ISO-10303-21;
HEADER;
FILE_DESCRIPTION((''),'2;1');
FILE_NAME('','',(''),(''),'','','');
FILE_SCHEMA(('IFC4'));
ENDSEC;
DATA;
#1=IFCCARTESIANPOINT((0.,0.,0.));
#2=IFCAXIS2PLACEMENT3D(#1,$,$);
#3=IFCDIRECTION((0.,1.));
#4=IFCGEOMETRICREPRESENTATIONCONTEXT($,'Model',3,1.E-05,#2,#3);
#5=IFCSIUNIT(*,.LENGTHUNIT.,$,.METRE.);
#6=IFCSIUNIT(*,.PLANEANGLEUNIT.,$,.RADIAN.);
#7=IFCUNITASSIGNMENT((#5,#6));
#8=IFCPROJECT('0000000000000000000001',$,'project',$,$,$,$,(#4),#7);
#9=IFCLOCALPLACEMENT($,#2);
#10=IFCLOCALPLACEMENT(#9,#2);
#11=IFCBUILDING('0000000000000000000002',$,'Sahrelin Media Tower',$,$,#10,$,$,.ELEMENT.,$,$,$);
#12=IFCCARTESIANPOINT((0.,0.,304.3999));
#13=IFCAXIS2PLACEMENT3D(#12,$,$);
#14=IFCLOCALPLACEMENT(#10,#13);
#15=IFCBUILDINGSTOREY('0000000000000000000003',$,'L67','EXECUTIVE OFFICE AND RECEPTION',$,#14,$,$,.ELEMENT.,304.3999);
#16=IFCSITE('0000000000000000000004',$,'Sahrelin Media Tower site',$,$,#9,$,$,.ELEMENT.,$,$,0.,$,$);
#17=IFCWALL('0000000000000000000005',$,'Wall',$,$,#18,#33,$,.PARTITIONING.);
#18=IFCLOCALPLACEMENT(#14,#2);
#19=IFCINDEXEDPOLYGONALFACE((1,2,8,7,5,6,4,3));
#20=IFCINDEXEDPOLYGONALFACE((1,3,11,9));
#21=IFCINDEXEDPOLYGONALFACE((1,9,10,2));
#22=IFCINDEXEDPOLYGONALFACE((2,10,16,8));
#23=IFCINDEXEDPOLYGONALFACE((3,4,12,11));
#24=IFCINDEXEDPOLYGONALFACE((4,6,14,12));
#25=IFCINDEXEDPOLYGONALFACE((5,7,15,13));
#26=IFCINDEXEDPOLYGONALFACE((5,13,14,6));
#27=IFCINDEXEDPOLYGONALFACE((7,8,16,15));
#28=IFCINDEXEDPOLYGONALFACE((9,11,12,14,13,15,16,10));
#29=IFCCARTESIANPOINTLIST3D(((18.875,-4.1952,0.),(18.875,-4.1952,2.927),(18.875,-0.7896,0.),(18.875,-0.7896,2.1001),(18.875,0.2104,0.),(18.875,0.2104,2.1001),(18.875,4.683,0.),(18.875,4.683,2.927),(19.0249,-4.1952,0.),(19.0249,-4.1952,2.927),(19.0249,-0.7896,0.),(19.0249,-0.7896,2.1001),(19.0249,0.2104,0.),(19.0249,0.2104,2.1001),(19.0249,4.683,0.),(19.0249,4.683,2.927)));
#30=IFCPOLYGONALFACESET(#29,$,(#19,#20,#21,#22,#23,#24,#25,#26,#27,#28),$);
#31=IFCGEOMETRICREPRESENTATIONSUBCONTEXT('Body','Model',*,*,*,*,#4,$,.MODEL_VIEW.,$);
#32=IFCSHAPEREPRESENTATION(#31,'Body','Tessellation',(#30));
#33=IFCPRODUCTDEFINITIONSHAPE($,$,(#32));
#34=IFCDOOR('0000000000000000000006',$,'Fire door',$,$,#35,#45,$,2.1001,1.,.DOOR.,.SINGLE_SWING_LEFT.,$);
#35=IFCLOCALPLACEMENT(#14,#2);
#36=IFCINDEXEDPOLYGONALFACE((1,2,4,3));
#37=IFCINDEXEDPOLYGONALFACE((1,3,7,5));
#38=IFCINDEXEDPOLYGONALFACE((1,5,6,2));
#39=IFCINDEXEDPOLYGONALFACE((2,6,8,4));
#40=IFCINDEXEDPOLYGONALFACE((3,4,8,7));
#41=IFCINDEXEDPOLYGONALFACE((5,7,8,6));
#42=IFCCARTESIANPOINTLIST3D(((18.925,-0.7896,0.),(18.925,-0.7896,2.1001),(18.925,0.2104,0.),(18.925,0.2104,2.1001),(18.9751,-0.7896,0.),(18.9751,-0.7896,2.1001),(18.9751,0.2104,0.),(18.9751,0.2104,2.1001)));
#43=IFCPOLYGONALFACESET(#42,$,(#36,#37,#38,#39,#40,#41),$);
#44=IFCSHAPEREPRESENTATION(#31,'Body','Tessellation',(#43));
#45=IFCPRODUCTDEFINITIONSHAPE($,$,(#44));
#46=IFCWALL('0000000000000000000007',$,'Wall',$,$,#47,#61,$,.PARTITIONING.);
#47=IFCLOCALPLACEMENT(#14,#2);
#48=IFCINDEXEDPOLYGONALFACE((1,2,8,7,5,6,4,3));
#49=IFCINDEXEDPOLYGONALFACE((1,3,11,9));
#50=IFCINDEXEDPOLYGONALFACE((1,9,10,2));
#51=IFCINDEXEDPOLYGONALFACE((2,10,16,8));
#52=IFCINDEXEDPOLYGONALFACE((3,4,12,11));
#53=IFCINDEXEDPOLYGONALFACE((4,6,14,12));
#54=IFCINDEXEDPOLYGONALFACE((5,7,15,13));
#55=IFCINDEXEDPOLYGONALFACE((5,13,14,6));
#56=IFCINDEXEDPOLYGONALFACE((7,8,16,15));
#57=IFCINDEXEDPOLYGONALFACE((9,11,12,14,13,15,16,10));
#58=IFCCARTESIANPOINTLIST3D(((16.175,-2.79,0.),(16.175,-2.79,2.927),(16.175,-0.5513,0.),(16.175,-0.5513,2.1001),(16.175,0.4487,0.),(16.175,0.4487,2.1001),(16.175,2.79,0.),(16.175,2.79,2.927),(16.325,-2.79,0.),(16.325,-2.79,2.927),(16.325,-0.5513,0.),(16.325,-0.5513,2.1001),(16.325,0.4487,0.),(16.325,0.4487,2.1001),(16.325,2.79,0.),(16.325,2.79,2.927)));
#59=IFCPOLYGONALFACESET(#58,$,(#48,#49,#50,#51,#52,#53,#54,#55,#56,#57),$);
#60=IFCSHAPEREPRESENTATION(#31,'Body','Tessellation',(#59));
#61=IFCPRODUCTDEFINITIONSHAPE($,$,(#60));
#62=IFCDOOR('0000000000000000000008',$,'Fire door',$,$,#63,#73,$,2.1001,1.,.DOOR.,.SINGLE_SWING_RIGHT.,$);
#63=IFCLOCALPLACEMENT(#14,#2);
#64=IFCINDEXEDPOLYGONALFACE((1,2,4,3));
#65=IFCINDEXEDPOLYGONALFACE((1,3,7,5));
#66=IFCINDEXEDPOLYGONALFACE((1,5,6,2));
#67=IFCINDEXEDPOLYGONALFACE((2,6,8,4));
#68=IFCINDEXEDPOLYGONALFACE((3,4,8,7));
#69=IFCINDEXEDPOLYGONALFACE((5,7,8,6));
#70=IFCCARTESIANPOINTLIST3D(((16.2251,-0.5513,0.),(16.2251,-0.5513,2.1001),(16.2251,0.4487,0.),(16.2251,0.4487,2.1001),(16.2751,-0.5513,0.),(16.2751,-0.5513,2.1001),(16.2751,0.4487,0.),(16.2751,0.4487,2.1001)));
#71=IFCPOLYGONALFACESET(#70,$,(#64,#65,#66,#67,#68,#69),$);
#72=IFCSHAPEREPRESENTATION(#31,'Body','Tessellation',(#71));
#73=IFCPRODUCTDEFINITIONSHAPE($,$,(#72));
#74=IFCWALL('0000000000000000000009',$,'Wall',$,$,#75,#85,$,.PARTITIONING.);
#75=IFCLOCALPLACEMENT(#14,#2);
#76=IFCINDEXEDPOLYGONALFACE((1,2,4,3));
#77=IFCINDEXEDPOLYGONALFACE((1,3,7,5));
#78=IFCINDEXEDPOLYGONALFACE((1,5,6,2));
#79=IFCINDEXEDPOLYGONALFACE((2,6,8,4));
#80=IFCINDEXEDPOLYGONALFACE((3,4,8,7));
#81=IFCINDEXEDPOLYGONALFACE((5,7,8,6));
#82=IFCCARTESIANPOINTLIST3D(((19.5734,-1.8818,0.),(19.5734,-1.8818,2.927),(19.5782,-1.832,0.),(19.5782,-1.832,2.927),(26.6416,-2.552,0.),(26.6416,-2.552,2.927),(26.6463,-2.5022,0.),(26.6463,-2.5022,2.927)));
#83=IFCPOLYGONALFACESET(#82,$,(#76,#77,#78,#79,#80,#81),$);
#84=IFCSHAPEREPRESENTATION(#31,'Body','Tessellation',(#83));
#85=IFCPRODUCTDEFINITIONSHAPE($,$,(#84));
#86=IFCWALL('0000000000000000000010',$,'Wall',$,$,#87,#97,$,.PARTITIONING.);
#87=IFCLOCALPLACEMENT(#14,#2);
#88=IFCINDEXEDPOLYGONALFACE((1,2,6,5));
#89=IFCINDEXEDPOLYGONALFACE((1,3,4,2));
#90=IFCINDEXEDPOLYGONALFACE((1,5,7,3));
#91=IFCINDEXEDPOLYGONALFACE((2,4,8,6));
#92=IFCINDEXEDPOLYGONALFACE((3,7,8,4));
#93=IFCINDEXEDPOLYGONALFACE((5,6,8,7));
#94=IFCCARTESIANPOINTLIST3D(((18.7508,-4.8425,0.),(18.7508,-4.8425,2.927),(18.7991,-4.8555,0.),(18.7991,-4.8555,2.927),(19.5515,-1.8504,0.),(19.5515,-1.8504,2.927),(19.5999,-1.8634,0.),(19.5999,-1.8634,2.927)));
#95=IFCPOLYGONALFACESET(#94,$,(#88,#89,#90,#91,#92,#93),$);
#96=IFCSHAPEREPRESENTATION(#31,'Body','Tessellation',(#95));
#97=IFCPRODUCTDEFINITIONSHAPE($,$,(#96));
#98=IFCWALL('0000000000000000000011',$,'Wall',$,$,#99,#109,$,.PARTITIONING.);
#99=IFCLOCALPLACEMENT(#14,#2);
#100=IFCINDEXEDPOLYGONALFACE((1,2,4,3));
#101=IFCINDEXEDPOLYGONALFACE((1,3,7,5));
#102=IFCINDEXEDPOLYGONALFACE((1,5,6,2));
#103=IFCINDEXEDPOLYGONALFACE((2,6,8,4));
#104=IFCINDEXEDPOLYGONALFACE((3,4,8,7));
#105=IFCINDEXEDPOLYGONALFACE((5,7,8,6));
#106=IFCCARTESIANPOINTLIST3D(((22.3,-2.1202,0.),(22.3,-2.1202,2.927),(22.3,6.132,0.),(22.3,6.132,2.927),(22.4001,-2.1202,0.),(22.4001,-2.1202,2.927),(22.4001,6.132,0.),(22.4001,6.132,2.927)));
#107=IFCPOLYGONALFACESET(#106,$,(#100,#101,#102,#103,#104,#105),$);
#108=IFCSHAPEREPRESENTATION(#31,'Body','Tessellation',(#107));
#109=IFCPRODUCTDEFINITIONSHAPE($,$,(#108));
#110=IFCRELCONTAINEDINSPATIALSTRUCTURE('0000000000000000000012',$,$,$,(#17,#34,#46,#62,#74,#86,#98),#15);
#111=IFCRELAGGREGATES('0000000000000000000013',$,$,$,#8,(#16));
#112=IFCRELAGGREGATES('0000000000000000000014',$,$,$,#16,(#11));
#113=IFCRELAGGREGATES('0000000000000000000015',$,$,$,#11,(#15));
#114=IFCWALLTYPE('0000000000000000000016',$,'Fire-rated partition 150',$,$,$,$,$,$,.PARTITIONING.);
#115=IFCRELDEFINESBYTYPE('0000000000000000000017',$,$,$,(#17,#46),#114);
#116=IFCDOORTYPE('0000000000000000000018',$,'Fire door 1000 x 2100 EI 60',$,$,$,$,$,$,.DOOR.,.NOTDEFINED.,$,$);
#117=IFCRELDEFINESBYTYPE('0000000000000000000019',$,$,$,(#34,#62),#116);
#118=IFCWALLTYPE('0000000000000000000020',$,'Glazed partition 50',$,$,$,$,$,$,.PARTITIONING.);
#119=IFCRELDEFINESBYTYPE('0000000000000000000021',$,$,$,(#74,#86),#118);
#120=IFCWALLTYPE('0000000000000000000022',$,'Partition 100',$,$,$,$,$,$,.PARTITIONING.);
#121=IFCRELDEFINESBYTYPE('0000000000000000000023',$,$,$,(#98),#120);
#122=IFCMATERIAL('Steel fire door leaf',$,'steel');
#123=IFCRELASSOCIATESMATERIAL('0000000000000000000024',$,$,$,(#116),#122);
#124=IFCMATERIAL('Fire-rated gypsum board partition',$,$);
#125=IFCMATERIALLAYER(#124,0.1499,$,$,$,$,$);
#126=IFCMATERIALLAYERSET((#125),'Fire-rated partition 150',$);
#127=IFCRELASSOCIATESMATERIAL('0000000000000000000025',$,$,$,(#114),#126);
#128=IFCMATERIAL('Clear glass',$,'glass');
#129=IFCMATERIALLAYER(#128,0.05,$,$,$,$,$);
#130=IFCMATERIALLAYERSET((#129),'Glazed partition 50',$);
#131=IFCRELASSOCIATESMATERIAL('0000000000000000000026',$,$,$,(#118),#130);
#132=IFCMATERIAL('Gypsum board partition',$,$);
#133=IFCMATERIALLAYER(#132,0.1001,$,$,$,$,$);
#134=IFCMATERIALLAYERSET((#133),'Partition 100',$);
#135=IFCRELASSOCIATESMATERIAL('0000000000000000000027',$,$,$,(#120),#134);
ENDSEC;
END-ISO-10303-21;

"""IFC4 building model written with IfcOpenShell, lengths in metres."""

from ifc_helpers import new_model, si_unit, direction, frame, frame_2d, origin, place, context, subcontext, project, spatial, rectangle, extrude, material, layer, layer_set, type_object, element, fill, save


model = new_model("IFC4")

# Units and contexts
model_context = context("Model", 3, precision=1e-05, world=origin(), true_north=direction((0.0, 1.0)))
body_context = subcontext(model_context, "Body", "Model", "MODEL_VIEW")
ifc_project = project(units=[si_unit("LENGTHUNIT", "METRE"), si_unit("PLANEANGLEUNIT", "RADIAN")], contexts=[model_context])

# Site, building, storey
site_placement = place(None, origin())
site = spatial("IfcSite", under=ifc_project, at=site_placement, Name="Sahrelin Media Tower site", CompositionType="ELEMENT", RefElevation=0.0)
building_placement = place(site_placement, origin())
building = spatial("IfcBuilding", under=site, at=building_placement, Name="Sahrelin Media Tower", CompositionType="ELEMENT")
storey_placement = place(building_placement, frame((0.0, 0.0, 304.3999)))
storey = spatial("IfcBuildingStorey", under=building, at=storey_placement, Name="L67", Description="EXECUTIVE OFFICE AND RECEPTION", CompositionType="ELEMENT", Elevation=304.3999)

# Shared definitions
ifc_material_1 = material(Name="Steel fire door leaf", Category="steel")
door_type_1 = type_object("IfcDoorType", Name="Fire door 1000 x 2100 EI 60", OperationType="NOTDEFINED", PredefinedType="DOOR", material=ifc_material_1)

# Shared definitions
ifc_material_2 = material(Name="Fire-rated gypsum board partition")
ifc_layer_1 = layer(ifc_material_2, 0.1499)
ifc_layer_set_1 = layer_set([ifc_layer_1], Name="Fire-rated partition 150")
wall_type_1 = type_object("IfcWallType", Name="Fire-rated partition 150", PredefinedType="PARTITIONING", material=ifc_layer_set_1)

# Walls, openings, doors
wall_1_placement = place(storey_placement, frame((18.95, -4.1951, 0.0), z_axis=(0.0, 0.0, 1.0), x_axis=(0.0, 1.0, 0.0)))
wall_1 = element("IfcWall", 1, at=wall_1_placement, inside=storey, type_object=wall_type_1, Name="Wall", PredefinedType="PARTITIONING", context=body_context, shape_type="SweptSolid", body=[
    extrude(rectangle(XDim=8.8782, YDim=0.1499, at=frame_2d((4.439, 0.0))), origin(), (0.0, 0.0, 1.0), 2.927),
])
opening_1_placement = place(wall_1_placement, frame((3.4055, 0.0, 0.0)))
opening_1 = element("IfcOpeningElement", 2, at=opening_1_placement, cuts=wall_1, PredefinedType="OPENING", context=body_context, shape_type="SweptSolid", body=[
    extrude(rectangle(XDim=1.0, YDim=2.1001, at=frame_2d((0.5, 1.05))), frame((0.0, 0.075, 0.0), z_axis=(0.0, -1.0, 0.0), x_axis=(1.0, 0.0, 0.0)), (0.0, 0.0, 1.0), 0.1499),
])
door_1_placement = place(opening_1_placement, origin())
door_1 = element("IfcDoor", 3, at=door_1_placement, inside=storey, type_object=door_type_1, Name="Fire door", OperationType="SINGLE_SWING_LEFT", OverallHeight=2.1001, OverallWidth=1.0, PredefinedType="DOOR", context=body_context, shape_type="SweptSolid", body=[
    extrude(rectangle(XDim=1.0, YDim=2.1001, at=frame_2d((0.5, 1.05))), frame((0.0, 0.0249, 0.0), z_axis=(0.0, -1.0, 0.0), x_axis=(1.0, 0.0, 0.0)), (0.0, 0.0, 1.0), 0.05),
])
fill(opening_1, door_1)
wall_2_placement = place(storey_placement, frame((16.25, -2.79, 0.0), z_axis=(0.0, 0.0, 1.0), x_axis=(0.0, 1.0, 0.0)))
wall_2 = element("IfcWall", 4, at=wall_2_placement, inside=storey, type_object=wall_type_1, Name="Wall", PredefinedType="PARTITIONING", context=body_context, shape_type="SweptSolid", body=[
    extrude(rectangle(XDim=5.5801, YDim=0.1499, at=frame_2d((2.79, 0.0))), origin(), (0.0, 0.0, 1.0), 2.927),
])
opening_2_placement = place(wall_2_placement, frame((2.2388, 0.0, 0.0)))
opening_2 = element("IfcOpeningElement", 5, at=opening_2_placement, cuts=wall_2, PredefinedType="OPENING", context=body_context, shape_type="SweptSolid", body=[
    extrude(rectangle(XDim=1.0, YDim=2.1001, at=frame_2d((0.5, 1.05))), frame((0.0, 0.075, 0.0), z_axis=(0.0, -1.0, 0.0), x_axis=(1.0, 0.0, 0.0)), (0.0, 0.0, 1.0), 0.1499),
])
door_2_placement = place(opening_2_placement, origin())
door_2 = element("IfcDoor", 6, at=door_2_placement, inside=storey, type_object=door_type_1, Name="Fire door", OperationType="SINGLE_SWING_RIGHT", OverallHeight=2.1001, OverallWidth=1.0, PredefinedType="DOOR", context=body_context, shape_type="SweptSolid", body=[
    extrude(rectangle(XDim=1.0, YDim=2.1001, at=frame_2d((0.5, 1.05))), frame((0.0, 0.0249, 0.0), z_axis=(0.0, -1.0, 0.0), x_axis=(1.0, 0.0, 0.0)), (0.0, 0.0, 1.0), 0.05),
])
fill(opening_2, door_2)

# Walls
ifc_material_3 = material(Name="Clear glass", Category="glass")
ifc_layer_2 = layer(ifc_material_3, 0.05)
ifc_layer_set_2 = layer_set([ifc_layer_2], Name="Glazed partition 50")
wall_type_2 = type_object("IfcWallType", Name="Glazed partition 50", PredefinedType="PARTITIONING", material=ifc_layer_set_2)
wall_3_placement = place(storey_placement, frame((19.5759, -1.8569, 0.0), z_axis=(0.0, 0.0, 1.0), x_axis=(0.995535, -0.094392, 0.0)))
element("IfcWall", 7, at=wall_3_placement, inside=storey, type_object=wall_type_2, Name="Wall", PredefinedType="PARTITIONING", context=body_context, shape_type="SweptSolid", body=[
    extrude(rectangle(XDim=7.0999, YDim=0.05, at=frame_2d((3.5498, 0.0))), origin(), (0.0, 0.0, 1.0), 2.927),
])
wall_4_placement = place(storey_placement, frame((18.7749, -4.8491, 0.0), z_axis=(0.0, 0.0, 1.0), x_axis=(0.258526, 0.966004, 0.0)))
element("IfcWall", 8, at=wall_4_placement, inside=storey, type_object=wall_type_2, Name="Wall", PredefinedType="PARTITIONING", context=body_context, shape_type="SweptSolid", body=[
    extrude(rectangle(XDim=3.0974, YDim=0.05, at=frame_2d((1.5488, 0.0))), origin(), (0.0, 0.0, 1.0), 2.927),
])
ifc_material_4 = material(Name="Gypsum board partition")
ifc_layer_3 = layer(ifc_material_4, 0.1001)
ifc_layer_set_3 = layer_set([ifc_layer_3], Name="Partition 100")
wall_type_3 = type_object("IfcWallType", Name="Partition 100", PredefinedType="PARTITIONING", material=ifc_layer_set_3)
wall_5_placement = place(storey_placement, frame((22.3501, -2.1201, 0.0), z_axis=(0.0, 0.0, 1.0), x_axis=(0.0, 1.0, 0.0)))
element("IfcWall", 9, at=wall_5_placement, inside=storey, type_object=wall_type_3, Name="Wall", PredefinedType="PARTITIONING", context=body_context, shape_type="SweptSolid", body=[
    extrude(rectangle(XDim=8.2522, YDim=0.1001, at=frame_2d((4.126, 0.0))), origin(), (0.0, 0.0, 1.0), 2.927),
])

save(model, "model.ifc")
